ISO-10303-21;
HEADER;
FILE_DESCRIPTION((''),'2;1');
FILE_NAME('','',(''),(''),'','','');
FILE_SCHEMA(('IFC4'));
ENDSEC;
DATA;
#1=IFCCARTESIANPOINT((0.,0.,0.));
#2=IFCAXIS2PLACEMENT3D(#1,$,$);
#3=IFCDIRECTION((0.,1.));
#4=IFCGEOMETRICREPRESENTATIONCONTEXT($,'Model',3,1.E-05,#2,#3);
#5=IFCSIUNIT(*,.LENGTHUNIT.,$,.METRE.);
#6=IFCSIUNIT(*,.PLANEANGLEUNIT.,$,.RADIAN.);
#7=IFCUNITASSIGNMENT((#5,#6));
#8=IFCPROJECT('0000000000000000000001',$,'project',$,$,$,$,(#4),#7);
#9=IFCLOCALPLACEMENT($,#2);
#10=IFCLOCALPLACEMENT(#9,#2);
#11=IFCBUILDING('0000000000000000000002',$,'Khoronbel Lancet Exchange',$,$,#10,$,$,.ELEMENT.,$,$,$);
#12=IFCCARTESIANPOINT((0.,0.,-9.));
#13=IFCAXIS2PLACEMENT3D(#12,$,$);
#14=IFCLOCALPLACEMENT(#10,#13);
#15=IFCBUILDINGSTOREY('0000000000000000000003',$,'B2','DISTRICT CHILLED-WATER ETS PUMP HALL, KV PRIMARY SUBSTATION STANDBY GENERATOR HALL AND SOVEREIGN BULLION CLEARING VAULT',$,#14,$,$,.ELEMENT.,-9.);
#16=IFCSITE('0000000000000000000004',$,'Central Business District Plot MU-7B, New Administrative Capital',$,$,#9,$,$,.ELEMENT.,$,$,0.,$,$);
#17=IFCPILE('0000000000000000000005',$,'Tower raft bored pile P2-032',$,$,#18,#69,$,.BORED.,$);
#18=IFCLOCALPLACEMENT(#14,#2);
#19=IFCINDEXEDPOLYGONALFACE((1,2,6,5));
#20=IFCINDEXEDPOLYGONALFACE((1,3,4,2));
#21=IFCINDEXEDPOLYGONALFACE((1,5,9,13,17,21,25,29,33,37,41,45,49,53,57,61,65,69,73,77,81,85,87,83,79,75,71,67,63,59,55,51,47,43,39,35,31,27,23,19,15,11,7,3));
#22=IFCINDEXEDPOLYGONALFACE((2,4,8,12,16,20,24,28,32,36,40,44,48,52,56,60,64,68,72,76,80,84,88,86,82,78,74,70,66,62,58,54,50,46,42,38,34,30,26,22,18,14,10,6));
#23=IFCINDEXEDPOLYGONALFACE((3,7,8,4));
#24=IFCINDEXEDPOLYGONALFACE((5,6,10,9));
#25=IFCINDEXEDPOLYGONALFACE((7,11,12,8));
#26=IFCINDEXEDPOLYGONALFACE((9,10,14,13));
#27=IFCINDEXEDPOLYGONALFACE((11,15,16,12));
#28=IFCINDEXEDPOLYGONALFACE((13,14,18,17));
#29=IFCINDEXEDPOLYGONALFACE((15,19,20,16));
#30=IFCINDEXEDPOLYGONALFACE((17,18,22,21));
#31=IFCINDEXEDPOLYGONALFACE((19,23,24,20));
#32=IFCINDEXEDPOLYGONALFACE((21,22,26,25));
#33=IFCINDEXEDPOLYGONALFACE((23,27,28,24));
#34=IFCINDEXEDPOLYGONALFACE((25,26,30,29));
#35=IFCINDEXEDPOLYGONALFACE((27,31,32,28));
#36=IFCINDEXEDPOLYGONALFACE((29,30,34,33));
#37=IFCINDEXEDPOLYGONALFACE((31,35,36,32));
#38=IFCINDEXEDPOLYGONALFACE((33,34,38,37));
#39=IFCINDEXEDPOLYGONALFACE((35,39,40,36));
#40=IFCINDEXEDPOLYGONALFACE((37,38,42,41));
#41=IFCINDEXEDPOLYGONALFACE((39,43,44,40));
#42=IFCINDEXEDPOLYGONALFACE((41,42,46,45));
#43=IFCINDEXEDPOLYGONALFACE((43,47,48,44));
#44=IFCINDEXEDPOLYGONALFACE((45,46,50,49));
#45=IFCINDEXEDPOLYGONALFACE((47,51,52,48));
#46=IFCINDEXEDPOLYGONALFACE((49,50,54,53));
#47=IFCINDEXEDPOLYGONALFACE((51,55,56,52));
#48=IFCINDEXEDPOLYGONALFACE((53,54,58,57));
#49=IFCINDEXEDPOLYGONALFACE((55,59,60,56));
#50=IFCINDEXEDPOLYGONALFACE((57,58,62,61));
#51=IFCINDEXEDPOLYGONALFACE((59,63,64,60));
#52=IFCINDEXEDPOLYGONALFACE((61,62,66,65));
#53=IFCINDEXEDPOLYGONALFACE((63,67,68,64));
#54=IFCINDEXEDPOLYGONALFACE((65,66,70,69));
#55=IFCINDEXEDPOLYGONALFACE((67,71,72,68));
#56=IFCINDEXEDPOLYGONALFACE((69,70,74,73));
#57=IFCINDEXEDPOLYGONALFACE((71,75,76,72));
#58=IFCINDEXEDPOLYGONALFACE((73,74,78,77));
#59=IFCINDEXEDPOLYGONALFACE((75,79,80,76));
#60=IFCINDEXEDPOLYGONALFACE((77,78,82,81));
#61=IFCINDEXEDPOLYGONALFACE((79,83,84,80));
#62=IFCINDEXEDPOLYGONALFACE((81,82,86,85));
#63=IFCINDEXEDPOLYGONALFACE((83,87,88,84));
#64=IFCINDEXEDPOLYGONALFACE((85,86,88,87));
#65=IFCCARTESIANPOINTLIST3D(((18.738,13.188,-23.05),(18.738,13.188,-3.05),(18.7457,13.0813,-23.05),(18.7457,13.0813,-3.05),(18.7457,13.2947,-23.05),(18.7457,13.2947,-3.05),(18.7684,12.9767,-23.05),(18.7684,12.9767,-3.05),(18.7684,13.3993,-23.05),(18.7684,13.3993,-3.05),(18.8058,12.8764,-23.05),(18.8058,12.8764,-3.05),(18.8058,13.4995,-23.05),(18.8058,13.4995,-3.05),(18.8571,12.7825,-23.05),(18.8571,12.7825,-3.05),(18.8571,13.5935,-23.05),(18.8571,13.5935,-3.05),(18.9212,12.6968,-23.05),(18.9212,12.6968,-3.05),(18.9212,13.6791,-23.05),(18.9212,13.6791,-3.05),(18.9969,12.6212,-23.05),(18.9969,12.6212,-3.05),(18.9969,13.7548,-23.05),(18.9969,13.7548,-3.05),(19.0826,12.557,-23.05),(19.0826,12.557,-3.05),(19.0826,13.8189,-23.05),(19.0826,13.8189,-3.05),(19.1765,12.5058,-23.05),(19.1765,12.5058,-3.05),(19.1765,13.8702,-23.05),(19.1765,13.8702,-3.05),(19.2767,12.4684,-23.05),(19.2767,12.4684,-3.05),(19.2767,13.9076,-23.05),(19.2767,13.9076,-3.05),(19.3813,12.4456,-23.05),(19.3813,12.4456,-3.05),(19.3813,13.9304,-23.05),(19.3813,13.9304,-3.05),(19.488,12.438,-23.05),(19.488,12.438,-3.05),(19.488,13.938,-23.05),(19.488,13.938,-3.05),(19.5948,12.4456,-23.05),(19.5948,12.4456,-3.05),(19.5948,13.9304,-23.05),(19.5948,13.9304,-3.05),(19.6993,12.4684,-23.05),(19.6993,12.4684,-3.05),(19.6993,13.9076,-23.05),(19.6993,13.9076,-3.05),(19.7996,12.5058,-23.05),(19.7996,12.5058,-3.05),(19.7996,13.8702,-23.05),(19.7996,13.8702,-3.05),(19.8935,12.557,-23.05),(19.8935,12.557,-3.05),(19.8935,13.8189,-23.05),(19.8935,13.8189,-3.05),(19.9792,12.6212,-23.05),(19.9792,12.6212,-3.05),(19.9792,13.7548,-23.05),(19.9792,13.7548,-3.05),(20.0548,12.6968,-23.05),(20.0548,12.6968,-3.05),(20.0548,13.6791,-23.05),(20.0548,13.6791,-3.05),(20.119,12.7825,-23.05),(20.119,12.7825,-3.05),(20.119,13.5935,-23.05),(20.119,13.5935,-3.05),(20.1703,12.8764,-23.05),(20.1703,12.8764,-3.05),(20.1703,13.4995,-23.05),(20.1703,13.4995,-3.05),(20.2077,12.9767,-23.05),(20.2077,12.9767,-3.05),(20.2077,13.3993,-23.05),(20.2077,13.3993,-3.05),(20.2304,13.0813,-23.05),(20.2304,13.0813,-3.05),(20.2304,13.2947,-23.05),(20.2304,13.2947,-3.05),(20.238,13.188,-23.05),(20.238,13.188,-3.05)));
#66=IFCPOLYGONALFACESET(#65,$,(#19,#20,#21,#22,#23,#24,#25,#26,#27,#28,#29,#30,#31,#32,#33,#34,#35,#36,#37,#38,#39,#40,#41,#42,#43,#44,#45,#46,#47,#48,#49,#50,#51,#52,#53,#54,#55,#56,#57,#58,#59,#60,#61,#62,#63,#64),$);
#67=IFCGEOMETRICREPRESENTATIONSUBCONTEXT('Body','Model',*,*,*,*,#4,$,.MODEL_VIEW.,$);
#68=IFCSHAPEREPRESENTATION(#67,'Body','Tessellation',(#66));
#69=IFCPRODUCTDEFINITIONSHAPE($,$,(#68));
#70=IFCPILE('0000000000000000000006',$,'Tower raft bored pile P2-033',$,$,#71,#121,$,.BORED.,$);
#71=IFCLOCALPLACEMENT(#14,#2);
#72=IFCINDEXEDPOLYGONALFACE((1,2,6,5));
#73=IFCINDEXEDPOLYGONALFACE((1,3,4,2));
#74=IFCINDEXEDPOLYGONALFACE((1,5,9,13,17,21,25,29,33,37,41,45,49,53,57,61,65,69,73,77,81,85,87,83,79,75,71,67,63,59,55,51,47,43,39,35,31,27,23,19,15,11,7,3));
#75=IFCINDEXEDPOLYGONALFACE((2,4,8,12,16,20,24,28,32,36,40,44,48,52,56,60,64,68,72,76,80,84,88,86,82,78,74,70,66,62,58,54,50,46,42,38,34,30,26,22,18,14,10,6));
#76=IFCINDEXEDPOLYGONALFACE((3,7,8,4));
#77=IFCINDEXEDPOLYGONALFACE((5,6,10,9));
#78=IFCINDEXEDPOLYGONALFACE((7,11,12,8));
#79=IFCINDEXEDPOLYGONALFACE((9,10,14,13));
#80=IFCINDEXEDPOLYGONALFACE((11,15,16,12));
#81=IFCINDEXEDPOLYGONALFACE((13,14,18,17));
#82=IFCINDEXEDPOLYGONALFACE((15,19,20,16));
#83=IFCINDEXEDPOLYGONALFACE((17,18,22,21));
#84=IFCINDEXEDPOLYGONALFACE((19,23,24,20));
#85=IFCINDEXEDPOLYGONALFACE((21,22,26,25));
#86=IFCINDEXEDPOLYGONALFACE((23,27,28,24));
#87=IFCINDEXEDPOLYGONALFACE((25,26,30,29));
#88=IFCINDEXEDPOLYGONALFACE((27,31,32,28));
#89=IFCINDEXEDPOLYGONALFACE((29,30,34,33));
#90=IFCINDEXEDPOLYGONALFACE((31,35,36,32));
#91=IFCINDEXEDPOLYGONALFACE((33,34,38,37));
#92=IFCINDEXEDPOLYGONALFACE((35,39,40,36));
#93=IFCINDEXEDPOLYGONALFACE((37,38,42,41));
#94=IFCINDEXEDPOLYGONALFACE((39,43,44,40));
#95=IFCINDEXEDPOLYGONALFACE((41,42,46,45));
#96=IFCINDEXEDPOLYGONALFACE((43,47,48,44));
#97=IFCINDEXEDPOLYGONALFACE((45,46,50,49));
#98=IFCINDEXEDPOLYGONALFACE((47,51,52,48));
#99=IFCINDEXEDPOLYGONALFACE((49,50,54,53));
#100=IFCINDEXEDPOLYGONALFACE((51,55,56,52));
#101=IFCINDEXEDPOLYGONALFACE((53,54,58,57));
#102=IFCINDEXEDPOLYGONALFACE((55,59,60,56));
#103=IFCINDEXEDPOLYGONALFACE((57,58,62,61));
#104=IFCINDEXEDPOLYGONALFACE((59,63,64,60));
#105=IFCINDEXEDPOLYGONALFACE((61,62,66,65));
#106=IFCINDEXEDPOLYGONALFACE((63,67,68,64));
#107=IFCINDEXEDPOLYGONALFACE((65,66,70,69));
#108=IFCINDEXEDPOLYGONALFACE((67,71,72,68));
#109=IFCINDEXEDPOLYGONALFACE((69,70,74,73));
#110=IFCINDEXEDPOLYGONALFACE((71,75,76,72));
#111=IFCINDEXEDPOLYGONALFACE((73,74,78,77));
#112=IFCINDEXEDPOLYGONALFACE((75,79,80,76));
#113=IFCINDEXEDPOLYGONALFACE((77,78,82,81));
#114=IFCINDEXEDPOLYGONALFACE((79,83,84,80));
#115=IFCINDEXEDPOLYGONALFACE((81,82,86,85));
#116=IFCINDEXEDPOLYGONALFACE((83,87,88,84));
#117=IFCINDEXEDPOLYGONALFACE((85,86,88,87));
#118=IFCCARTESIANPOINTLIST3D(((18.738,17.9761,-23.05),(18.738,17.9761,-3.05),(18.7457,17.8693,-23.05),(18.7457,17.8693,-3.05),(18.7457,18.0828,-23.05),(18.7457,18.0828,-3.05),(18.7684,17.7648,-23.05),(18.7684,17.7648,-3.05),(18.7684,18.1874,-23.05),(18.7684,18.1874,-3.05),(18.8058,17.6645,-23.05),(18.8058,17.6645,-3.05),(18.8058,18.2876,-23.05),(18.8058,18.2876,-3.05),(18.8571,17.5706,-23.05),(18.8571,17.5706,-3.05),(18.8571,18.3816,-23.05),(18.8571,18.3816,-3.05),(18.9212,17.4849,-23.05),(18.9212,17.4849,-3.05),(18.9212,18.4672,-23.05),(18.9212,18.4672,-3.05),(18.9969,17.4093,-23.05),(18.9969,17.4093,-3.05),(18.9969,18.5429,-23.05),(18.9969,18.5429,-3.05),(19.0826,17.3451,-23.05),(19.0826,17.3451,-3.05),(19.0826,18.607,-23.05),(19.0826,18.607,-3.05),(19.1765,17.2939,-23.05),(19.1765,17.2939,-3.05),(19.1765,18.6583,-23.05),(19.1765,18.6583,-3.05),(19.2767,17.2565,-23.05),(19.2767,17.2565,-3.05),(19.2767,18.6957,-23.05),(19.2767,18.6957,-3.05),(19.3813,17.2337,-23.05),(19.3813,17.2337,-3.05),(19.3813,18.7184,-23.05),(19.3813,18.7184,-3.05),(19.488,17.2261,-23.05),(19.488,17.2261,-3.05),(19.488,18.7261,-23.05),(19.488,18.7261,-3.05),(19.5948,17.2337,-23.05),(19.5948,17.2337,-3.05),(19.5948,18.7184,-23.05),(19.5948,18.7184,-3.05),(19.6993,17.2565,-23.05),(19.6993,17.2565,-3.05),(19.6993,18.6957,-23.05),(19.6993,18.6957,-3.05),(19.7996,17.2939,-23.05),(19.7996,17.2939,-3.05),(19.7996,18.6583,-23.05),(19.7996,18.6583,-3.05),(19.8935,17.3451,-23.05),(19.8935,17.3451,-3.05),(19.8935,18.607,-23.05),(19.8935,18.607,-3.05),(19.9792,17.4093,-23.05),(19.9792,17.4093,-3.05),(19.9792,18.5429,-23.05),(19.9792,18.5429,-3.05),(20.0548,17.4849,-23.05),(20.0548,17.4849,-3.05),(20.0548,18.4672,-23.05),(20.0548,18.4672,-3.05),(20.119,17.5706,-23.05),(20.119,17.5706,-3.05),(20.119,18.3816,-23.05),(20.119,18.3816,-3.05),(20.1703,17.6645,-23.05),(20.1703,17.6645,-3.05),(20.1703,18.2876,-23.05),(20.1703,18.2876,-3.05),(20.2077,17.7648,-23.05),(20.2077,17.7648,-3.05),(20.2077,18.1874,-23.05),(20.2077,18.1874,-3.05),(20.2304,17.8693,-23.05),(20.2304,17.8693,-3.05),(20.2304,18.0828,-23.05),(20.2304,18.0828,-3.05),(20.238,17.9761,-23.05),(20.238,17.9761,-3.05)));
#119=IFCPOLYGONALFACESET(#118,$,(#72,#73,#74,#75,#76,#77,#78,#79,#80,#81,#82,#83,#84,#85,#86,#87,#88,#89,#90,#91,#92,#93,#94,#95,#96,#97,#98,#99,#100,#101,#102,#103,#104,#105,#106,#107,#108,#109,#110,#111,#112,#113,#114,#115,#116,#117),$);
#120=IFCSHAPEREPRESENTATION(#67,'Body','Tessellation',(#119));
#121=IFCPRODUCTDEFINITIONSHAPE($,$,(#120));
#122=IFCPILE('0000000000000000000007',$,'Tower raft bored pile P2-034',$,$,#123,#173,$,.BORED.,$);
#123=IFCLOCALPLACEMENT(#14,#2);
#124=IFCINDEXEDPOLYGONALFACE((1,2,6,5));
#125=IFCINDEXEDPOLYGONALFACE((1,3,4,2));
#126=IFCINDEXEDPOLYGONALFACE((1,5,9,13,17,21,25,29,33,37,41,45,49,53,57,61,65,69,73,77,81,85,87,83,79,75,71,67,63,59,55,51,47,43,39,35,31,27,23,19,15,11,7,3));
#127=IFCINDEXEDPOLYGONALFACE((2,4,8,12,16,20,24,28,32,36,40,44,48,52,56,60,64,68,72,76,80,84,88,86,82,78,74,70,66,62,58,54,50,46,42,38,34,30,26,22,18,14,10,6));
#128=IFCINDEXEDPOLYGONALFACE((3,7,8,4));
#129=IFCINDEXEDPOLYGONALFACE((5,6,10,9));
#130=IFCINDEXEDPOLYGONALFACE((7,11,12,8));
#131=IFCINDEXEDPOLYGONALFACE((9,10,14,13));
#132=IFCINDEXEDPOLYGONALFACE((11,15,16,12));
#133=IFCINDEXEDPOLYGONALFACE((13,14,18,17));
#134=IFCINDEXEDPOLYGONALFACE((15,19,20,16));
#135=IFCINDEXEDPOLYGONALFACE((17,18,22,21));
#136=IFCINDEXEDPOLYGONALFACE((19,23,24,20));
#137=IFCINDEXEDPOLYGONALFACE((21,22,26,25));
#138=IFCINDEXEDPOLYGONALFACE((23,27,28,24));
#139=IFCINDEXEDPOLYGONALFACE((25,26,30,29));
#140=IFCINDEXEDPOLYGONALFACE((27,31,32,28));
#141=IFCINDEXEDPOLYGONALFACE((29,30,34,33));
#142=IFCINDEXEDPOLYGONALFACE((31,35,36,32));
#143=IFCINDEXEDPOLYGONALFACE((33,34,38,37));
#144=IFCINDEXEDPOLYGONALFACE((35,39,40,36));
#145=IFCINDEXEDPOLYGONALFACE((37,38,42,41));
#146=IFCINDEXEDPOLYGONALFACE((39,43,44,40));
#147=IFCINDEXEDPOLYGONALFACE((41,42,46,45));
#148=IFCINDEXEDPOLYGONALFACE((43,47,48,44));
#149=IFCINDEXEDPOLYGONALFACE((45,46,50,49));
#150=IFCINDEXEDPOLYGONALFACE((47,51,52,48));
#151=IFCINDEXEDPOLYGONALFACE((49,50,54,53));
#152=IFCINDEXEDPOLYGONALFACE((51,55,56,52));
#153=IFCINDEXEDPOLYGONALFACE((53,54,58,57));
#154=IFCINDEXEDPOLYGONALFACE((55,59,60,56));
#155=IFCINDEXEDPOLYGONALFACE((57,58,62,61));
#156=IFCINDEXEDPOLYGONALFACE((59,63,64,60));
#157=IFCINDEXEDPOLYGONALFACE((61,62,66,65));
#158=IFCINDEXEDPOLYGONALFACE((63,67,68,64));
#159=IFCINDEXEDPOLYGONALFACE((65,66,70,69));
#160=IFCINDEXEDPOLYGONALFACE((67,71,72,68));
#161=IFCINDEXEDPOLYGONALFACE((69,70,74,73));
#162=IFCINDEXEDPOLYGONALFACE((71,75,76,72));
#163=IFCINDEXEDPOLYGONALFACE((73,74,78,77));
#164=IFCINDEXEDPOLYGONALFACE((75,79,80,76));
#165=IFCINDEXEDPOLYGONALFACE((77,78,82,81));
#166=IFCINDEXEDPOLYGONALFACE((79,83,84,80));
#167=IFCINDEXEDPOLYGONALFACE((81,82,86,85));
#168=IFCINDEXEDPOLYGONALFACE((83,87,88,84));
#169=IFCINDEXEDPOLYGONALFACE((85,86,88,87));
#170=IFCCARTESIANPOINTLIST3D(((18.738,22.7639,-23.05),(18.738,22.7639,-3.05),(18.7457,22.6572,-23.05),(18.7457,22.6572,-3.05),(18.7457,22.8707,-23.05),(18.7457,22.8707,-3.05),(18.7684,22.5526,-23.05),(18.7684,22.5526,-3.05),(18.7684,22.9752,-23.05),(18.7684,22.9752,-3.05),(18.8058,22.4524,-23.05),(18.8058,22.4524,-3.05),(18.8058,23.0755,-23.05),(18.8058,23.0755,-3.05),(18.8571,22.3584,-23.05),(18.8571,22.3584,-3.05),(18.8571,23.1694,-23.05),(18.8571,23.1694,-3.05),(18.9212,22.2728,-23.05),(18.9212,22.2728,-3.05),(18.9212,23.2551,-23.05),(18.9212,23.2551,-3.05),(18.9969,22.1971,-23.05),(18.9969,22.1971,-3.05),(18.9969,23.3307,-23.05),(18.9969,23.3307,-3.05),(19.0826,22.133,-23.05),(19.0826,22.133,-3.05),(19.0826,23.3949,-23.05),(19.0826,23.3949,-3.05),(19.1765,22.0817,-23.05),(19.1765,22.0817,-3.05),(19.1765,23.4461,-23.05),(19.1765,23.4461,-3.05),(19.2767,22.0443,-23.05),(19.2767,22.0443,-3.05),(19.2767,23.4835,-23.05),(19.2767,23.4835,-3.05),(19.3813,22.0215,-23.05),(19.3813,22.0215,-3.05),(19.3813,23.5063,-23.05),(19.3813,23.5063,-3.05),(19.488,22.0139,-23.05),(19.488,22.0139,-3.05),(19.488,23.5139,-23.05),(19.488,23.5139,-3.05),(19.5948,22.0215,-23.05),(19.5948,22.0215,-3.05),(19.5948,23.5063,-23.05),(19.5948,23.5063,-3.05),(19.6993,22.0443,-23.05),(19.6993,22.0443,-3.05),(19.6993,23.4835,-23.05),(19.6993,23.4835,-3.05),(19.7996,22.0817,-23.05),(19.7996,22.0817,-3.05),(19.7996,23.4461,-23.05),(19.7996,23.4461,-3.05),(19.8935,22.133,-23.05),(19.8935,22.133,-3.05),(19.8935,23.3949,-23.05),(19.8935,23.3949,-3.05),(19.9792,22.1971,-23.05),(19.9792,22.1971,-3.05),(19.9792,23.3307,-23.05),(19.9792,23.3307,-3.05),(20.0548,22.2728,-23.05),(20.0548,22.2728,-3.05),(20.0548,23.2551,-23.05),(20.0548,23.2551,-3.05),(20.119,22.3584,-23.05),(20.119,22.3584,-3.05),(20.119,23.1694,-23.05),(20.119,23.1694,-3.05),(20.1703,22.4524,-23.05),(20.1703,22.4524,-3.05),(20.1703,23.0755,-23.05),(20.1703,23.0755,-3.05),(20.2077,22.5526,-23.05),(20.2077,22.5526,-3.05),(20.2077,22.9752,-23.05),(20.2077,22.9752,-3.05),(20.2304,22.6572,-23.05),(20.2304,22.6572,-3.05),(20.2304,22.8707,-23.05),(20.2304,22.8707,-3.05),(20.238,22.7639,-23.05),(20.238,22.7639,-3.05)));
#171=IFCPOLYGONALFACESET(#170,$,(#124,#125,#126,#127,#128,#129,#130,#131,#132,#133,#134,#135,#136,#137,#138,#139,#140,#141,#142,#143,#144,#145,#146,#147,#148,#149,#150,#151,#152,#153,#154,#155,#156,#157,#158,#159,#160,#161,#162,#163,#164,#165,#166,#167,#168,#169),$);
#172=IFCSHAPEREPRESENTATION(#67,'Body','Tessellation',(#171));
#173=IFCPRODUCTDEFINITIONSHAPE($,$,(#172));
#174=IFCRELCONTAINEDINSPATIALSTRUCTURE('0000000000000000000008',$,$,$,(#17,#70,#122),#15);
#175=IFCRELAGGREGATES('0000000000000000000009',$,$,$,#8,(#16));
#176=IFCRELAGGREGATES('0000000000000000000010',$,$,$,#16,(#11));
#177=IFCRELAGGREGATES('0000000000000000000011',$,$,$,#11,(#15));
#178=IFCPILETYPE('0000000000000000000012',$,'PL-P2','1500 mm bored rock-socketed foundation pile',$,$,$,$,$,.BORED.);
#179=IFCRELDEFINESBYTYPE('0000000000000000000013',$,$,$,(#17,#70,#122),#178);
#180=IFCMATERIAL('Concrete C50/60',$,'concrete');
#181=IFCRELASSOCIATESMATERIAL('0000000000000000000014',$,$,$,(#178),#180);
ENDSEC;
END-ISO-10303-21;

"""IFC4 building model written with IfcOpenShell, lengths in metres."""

from ifc_helpers import new_model, si_unit, direction, frame, origin, origin_2d, place, context, subcontext, project, spatial, circle, extrude, material, material_profile, profile_set, type_object, element, save


model = new_model("IFC4")

# Units and contexts
model_context = context("Model", 3, precision=1e-05, world=origin(), true_north=direction((0.0, 1.0)))
body_context = subcontext(model_context, "Body", "Model", "MODEL_VIEW")
ifc_project = project(units=[si_unit("LENGTHUNIT", "METRE"), si_unit("PLANEANGLEUNIT", "RADIAN")], contexts=[model_context])

# Site, building, storey
site_placement = place(None, origin())
site = spatial("IfcSite", under=ifc_project, at=site_placement, Name="Central Business District Plot MU-7B, New Administrative Capital", CompositionType="ELEMENT", RefElevation=0.0)
building_placement = place(site_placement, origin())
building = spatial("IfcBuilding", under=site, at=building_placement, Name="Khoronbel Lancet Exchange", CompositionType="ELEMENT")
storey_placement = place(building_placement, frame((0.0, 0.0, -9.0)))
storey = spatial("IfcBuildingStorey", under=building, at=storey_placement, Name="B2", Description="DISTRICT CHILLED-WATER ETS PUMP HALL, KV PRIMARY SUBSTATION STANDBY GENERATOR HALL AND SOVEREIGN BULLION CLEARING VAULT", CompositionType="ELEMENT", Elevation=-9.0)

# Piles
ifc_material_1 = material(Name="Concrete C50/60", Category="concrete")
ifc_material_profile_1 = material_profile(ifc_material_1, circle(Radius=0.75, at=origin_2d()), Name="BORED PILE D1500")
ifc_profile_set_1 = profile_set([ifc_material_profile_1], Name="Concrete C50/60")
pile_type = type_object("IfcPileType", Name="PL-P2", Description="1500 mm bored rock-socketed foundation pile", PredefinedType="BORED", material=ifc_profile_set_1)
for number, where, z_axis, x_axis, name in (
    (1, (19.488, 13.188, -3.05), (0.0, 0.0, -1.0), (1.0, 0.0, 0.0), "Tower raft bored pile P2-032"),
    (2, (19.488, 17.9761, -3.05), (0.0, 0.0, -1.0), (1.0, 0.0, 0.0), "Tower raft bored pile P2-033"),
    (3, (19.488, 22.7639, -3.05), (0.0, 0.0, -1.0), (1.0, 0.0, 0.0), "Tower raft bored pile P2-034"),
):
    element("IfcPile", number, at=place(storey_placement, frame(where, z_axis=z_axis, x_axis=x_axis)), inside=storey, type_object=pile_type, Name=name, PredefinedType="BORED", context=body_context, shape_type="SweptSolid", body=[
        extrude(circle(Radius=0.75, at=origin_2d()), origin(), (0.0, 0.0, 1.0), 20.0),
    ])

save(model, "model.ifc")
